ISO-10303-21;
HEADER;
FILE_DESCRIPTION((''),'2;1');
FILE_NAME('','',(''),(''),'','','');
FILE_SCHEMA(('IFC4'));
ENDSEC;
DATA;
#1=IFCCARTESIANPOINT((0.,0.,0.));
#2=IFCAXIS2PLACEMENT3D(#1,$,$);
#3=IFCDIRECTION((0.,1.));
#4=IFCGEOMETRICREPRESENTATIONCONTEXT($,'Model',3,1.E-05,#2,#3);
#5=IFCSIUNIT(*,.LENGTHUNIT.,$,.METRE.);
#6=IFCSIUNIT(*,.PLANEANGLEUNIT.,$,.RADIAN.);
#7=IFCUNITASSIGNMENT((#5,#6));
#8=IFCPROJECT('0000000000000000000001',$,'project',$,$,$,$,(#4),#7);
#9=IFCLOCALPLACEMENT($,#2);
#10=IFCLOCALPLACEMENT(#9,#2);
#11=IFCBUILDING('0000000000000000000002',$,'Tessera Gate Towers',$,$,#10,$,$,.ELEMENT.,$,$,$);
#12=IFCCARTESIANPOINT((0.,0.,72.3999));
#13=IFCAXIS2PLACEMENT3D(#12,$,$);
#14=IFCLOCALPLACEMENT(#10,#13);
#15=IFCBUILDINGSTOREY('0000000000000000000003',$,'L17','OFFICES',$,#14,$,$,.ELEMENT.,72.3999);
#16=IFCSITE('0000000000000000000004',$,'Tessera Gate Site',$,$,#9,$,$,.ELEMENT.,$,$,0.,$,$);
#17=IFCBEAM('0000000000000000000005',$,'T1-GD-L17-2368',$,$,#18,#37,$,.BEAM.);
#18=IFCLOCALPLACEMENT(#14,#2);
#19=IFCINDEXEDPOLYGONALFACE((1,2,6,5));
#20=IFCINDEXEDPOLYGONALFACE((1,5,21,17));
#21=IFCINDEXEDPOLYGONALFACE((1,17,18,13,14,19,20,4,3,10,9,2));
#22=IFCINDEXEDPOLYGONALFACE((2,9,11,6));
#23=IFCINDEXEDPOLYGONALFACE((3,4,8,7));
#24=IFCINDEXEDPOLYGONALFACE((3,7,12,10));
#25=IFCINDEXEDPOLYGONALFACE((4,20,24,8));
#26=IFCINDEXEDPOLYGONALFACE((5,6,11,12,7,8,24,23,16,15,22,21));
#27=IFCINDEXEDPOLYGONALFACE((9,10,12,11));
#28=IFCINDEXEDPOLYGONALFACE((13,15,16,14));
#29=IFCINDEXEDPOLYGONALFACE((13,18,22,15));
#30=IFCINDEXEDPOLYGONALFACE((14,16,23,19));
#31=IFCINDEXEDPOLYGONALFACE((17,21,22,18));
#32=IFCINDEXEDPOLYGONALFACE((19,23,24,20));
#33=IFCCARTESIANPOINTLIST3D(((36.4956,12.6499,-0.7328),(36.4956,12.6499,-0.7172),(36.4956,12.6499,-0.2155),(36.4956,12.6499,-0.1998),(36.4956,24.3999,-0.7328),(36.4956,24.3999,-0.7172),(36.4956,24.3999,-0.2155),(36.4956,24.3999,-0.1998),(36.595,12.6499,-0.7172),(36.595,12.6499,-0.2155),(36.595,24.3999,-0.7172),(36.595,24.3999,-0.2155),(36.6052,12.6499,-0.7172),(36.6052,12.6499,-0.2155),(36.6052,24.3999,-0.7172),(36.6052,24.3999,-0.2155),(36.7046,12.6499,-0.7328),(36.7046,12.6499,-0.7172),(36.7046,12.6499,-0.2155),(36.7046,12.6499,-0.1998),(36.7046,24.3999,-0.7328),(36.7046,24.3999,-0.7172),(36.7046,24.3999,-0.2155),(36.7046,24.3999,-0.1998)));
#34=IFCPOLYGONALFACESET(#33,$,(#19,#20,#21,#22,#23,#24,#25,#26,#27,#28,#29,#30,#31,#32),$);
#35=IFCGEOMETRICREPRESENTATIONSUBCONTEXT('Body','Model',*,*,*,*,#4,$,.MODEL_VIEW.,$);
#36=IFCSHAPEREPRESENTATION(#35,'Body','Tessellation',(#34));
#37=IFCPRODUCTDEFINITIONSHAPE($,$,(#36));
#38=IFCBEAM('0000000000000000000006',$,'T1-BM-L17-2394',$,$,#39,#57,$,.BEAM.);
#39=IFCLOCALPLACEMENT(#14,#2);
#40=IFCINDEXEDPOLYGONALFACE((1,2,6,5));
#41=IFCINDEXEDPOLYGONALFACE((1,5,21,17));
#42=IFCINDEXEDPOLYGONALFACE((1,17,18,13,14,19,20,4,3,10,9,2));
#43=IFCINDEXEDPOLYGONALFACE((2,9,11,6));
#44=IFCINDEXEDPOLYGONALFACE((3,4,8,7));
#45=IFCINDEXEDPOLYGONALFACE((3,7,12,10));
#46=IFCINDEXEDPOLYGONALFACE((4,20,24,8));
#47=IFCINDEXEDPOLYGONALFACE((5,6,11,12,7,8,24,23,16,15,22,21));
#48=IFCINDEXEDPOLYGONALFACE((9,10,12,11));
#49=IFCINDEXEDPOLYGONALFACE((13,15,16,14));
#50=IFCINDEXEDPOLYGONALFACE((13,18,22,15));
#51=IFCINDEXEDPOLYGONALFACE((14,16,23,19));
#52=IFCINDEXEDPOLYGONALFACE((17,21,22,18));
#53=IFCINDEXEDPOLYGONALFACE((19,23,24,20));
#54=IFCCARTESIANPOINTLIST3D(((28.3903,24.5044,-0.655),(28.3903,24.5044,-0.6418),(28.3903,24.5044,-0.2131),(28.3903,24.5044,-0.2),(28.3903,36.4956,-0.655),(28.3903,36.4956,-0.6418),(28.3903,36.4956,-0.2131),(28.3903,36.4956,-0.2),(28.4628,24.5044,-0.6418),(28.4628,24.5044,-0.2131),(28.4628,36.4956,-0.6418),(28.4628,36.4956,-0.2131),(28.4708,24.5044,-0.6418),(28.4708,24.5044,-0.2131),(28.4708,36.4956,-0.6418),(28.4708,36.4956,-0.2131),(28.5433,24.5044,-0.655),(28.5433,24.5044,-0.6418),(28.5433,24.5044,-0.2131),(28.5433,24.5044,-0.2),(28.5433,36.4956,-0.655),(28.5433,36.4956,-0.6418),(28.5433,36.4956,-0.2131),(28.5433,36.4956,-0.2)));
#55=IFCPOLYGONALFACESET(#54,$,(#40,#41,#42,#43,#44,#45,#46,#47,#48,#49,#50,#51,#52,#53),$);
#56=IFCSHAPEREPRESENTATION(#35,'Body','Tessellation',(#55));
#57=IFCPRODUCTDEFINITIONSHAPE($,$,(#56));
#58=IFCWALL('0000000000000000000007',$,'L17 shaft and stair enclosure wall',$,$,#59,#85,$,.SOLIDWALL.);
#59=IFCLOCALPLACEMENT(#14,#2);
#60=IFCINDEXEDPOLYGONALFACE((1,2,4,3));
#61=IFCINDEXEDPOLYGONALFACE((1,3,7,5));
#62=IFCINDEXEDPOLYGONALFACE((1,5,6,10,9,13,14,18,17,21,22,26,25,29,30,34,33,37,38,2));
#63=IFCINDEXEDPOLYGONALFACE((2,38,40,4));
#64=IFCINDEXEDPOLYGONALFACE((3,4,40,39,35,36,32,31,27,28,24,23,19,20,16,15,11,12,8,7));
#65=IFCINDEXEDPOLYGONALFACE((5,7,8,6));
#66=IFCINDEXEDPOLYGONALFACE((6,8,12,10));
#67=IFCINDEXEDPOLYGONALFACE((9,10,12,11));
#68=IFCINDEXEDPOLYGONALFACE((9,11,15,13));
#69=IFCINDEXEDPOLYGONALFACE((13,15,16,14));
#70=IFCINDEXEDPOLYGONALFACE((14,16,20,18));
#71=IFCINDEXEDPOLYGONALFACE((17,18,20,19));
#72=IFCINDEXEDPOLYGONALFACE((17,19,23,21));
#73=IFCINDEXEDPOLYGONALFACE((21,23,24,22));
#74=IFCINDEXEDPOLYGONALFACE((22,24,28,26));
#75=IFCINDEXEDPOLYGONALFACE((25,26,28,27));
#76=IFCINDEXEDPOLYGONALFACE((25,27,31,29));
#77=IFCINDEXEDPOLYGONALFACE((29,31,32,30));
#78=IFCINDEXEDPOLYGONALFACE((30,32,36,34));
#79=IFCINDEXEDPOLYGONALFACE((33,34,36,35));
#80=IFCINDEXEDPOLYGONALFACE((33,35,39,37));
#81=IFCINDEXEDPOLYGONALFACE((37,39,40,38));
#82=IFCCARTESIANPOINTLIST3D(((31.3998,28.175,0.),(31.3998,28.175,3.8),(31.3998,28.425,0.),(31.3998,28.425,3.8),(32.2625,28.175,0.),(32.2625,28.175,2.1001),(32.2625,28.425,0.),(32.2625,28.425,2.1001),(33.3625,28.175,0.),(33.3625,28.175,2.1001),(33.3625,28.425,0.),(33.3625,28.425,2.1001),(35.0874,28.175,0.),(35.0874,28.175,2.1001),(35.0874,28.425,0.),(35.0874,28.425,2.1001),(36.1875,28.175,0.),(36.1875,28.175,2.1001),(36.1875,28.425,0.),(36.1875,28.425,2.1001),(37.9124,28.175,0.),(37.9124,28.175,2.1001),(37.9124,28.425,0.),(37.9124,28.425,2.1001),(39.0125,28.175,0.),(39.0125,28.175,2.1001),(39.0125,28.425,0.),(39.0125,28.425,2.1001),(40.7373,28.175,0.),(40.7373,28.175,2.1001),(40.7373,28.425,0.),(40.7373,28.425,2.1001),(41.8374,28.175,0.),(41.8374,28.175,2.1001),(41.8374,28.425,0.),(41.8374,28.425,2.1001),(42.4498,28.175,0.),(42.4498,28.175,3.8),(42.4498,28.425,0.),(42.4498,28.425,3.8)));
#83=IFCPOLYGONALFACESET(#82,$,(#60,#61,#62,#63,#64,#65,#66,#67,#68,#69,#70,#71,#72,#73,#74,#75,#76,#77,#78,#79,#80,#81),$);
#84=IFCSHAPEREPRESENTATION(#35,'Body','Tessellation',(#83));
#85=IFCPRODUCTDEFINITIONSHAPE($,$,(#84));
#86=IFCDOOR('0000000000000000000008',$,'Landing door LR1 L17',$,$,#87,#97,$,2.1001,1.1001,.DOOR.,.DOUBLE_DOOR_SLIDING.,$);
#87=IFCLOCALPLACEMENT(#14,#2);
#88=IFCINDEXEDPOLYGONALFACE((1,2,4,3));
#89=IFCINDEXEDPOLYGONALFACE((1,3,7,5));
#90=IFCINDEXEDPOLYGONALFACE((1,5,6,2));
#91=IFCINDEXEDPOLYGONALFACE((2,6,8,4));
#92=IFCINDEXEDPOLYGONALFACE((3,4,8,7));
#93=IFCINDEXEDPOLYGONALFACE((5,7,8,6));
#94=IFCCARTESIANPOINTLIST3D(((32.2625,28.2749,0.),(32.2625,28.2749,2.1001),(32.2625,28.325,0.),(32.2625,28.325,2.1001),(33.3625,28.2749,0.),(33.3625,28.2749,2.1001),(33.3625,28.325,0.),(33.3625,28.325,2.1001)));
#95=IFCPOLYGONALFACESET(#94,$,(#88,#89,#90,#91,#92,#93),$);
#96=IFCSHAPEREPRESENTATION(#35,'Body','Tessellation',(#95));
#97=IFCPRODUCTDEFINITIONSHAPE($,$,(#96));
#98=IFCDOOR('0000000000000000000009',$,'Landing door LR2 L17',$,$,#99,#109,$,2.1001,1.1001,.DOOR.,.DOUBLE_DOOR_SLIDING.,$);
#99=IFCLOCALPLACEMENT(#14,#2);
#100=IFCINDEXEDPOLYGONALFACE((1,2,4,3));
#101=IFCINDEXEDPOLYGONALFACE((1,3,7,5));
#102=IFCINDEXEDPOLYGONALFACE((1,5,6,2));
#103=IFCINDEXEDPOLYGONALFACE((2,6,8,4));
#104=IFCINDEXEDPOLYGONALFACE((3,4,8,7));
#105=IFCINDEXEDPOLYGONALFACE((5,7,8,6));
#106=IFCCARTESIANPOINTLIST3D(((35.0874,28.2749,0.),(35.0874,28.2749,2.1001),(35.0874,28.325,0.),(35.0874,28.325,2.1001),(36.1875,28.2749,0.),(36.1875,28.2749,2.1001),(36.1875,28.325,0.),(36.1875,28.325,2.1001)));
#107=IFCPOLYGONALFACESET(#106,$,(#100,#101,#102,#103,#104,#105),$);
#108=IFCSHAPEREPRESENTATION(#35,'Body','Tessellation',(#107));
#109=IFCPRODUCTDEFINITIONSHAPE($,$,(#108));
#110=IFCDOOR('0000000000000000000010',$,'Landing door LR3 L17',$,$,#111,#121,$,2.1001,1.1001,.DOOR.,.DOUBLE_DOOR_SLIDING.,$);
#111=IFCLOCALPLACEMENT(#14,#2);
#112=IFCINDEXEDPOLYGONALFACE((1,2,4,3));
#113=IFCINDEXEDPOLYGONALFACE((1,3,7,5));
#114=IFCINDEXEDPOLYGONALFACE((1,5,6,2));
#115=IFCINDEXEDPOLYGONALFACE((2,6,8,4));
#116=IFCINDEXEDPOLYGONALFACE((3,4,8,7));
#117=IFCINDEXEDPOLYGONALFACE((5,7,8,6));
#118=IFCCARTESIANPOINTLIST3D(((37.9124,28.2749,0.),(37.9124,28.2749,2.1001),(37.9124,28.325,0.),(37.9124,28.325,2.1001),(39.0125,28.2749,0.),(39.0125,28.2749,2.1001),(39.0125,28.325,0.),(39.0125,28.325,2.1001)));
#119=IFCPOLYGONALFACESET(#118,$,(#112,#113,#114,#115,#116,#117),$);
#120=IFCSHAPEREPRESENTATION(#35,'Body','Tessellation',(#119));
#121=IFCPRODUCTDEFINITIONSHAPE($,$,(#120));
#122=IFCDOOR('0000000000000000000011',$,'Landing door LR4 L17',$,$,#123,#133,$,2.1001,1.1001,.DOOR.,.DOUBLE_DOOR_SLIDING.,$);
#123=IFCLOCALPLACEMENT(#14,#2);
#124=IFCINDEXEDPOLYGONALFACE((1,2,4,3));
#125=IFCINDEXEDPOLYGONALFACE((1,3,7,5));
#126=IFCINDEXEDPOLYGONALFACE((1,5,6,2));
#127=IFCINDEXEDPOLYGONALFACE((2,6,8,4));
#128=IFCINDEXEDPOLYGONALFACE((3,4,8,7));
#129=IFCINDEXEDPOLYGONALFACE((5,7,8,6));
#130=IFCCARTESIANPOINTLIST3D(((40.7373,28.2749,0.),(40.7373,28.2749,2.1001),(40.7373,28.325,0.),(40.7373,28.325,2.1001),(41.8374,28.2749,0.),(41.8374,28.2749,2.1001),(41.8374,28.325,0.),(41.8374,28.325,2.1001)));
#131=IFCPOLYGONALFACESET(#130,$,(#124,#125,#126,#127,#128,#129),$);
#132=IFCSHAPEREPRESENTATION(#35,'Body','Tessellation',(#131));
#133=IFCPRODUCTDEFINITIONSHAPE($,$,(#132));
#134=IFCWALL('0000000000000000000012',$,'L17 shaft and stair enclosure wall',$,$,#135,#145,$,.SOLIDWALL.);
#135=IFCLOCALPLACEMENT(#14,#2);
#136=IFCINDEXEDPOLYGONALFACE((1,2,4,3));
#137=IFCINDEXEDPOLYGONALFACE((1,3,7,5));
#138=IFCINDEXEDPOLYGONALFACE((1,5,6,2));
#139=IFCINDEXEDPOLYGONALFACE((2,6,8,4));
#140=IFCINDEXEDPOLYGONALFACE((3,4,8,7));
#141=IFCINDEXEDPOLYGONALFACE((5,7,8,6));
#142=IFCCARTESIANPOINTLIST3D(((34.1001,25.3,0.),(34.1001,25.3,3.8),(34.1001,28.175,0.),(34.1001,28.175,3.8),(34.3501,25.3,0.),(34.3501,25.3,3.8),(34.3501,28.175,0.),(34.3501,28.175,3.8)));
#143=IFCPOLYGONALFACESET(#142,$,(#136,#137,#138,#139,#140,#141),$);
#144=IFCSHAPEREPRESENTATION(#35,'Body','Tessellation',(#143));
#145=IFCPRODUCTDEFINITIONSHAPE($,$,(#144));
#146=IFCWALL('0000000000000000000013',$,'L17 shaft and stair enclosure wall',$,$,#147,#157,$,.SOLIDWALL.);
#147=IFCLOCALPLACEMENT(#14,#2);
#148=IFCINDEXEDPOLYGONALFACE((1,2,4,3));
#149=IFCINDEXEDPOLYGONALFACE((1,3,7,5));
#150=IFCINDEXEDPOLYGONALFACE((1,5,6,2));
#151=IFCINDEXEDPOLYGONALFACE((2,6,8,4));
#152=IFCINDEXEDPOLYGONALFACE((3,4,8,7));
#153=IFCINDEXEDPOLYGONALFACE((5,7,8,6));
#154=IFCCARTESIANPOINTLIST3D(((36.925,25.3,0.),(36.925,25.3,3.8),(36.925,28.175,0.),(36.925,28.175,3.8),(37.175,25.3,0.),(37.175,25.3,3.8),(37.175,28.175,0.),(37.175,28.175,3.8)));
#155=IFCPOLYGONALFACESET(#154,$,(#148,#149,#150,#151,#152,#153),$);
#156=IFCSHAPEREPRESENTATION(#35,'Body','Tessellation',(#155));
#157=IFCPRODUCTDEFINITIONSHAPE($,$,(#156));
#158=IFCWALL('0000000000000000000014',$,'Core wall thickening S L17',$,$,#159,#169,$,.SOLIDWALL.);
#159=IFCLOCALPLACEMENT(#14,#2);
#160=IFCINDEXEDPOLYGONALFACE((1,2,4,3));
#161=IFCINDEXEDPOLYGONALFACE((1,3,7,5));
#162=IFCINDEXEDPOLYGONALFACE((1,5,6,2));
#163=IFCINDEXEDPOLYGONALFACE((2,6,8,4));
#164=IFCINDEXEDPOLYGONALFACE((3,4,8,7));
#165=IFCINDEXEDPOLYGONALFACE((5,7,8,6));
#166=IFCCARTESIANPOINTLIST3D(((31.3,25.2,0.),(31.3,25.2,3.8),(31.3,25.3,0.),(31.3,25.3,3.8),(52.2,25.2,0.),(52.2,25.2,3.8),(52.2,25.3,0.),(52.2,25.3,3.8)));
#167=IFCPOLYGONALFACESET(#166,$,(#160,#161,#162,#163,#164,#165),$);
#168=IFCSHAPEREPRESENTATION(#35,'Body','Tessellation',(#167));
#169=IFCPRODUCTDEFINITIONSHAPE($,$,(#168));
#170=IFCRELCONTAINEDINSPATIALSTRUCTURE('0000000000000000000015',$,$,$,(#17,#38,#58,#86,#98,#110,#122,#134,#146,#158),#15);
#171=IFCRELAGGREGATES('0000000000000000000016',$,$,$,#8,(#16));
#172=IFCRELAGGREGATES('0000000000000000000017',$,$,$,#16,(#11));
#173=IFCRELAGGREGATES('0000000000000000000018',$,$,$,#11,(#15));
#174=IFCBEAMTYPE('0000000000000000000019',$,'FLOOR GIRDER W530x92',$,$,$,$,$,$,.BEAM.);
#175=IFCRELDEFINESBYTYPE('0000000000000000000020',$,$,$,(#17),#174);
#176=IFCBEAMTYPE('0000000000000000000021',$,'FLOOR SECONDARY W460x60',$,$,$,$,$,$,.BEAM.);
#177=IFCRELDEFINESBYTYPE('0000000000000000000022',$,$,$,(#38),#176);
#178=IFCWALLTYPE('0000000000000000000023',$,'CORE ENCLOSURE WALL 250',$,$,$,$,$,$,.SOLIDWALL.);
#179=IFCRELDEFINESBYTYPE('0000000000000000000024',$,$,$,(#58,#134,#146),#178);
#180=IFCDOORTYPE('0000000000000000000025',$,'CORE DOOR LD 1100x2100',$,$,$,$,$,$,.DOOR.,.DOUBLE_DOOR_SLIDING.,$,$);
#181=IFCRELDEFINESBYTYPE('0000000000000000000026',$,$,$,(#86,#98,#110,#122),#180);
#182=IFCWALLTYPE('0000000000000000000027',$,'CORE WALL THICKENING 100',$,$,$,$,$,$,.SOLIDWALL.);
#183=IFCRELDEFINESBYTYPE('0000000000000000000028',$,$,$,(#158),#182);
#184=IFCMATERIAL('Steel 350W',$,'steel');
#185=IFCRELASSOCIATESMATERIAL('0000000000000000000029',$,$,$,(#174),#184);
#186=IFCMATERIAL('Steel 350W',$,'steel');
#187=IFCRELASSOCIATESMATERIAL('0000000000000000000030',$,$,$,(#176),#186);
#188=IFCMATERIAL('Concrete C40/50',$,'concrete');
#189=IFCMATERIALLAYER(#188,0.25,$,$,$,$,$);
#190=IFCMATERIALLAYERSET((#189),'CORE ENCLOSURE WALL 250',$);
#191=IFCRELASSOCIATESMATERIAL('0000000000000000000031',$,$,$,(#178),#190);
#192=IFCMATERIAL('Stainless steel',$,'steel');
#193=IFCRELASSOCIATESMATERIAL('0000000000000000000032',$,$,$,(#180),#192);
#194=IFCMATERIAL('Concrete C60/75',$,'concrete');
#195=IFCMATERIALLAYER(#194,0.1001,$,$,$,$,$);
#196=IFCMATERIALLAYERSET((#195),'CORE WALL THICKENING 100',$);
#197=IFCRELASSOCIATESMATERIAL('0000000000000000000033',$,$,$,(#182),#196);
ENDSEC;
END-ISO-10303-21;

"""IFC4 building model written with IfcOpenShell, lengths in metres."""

from ifc_helpers import new_model, si_unit, direction, frame, frame_2d, origin, origin_2d, place, context, subcontext, project, spatial, rectangle, i_section, extrude, source, transform, mapped, material, layer, layer_set, material_profile, profile_set, type_object, element, fill, save


model = new_model("IFC4")

# Units and contexts
model_context = context("Model", 3, precision=1e-05, world=origin(), true_north=direction((0.0, 1.0)))
body_context = subcontext(model_context, "Body", "Model", "MODEL_VIEW")
ifc_project = project(units=[si_unit("LENGTHUNIT", "METRE"), si_unit("PLANEANGLEUNIT", "RADIAN")], contexts=[model_context])

# Site, building, storey
site_placement = place(None, origin())
site = spatial("IfcSite", under=ifc_project, at=site_placement, Name="Tessera Gate Site", CompositionType="ELEMENT", RefElevation=0.0)
building_placement = place(site_placement, origin())
building = spatial("IfcBuilding", under=site, at=building_placement, Name="Tessera Gate Towers", CompositionType="ELEMENT")
storey_placement = place(building_placement, frame((0.0, 0.0, 72.3999)))
storey = spatial("IfcBuildingStorey", under=building, at=storey_placement, Name="L17", Description="OFFICES", CompositionType="ELEMENT", Elevation=72.3999)

# Beams
ifc_material_1 = material(Name="Steel 350W", Category="steel")
ifc_material_profile_1 = material_profile(ifc_material_1, i_section(OverallWidth=0.209, OverallDepth=0.533, WebThickness=0.0103, FlangeThickness=0.0156, at=origin_2d()), Name="W530x92")
ifc_profile_set_1 = profile_set([ifc_material_profile_1], Name="Steel 350W")
beam_type_1 = type_object("IfcBeamType", Name="FLOOR GIRDER W530x92", PredefinedType="BEAM", material=ifc_profile_set_1)
beam_1_placement = place(storey_placement, frame((36.6001, 12.6499, -0.4663), z_axis=(0.0, 1.0, 0.0), x_axis=(-1.0, 0.0, 0.0)))
element("IfcBeam", 1, at=beam_1_placement, inside=storey, type_object=beam_type_1, Name="T1-GD-L17-2368", PredefinedType="BEAM", context=body_context, shape_type="SweptSolid", body=[
    extrude(i_section(OverallWidth=0.209, OverallDepth=0.533, WebThickness=0.0103, FlangeThickness=0.0156, at=origin_2d()), origin(), (0.0, 0.0, 1.0), 11.75),
])
ifc_material_2 = material(Name="Steel 350W", Category="steel")
ifc_material_profile_2 = material_profile(ifc_material_2, i_section(OverallWidth=0.1531, OverallDepth=0.4551, WebThickness=0.0081, FlangeThickness=0.0132, at=origin_2d()), Name="W460x60")
ifc_profile_set_2 = profile_set([ifc_material_profile_2], Name="Steel 350W")
beam_type_2 = type_object("IfcBeamType", Name="FLOOR SECONDARY W460x60", PredefinedType="BEAM", material=ifc_profile_set_2)
beam_2_placement = place(storey_placement, frame((28.4668, 24.5044, -0.4275), z_axis=(0.0, 1.0, 0.0), x_axis=(-1.0, 0.0, 0.0)))
element("IfcBeam", 2, at=beam_2_placement, inside=storey, type_object=beam_type_2, Name="T1-BM-L17-2394", PredefinedType="BEAM", context=body_context, shape_type="SweptSolid", body=[
    extrude(i_section(OverallWidth=0.1531, OverallDepth=0.4551, WebThickness=0.0081, FlangeThickness=0.0132, at=origin_2d()), origin(), (0.0, 0.0, 1.0), 11.9912),
])

# Wall, openings, doors
ifc_material_3 = material(Name="Concrete C40/50", Category="concrete")
ifc_layer_1 = layer(ifc_material_3, 0.25)
ifc_layer_set_1 = layer_set([ifc_layer_1], Name="CORE ENCLOSURE WALL 250")
wall_type_1 = type_object("IfcWallType", Name="CORE ENCLOSURE WALL 250", PredefinedType="SOLIDWALL", material=ifc_layer_set_1)
wall_1_placement = place(storey_placement, frame((31.3999, 28.3, 0.0), z_axis=(0.0, 0.0, 1.0), x_axis=(1.0, 0.0, 0.0)))
wall_1 = element("IfcWall", 3, at=wall_1_placement, inside=storey, type_object=wall_type_1, Name="L17 shaft and stair enclosure wall", PredefinedType="SOLIDWALL", context=body_context, shape_type="SweptSolid", body=[
    extrude(rectangle(XDim=11.05, YDim=0.25, at=frame_2d((5.5249, 0.0))), origin(), (0.0, 0.0, 1.0), 3.8),
])
shared_shape_1 = source(origin(), body_context, "Body", "SweptSolid", [
    extrude(rectangle(XDim=1.1001, YDim=2.1001, at=frame_2d((0.55, 1.05))), frame((0.0, 0.135, 0.0), z_axis=(0.0, -1.0, 0.0), x_axis=(1.0, 0.0, 0.0)), (0.0, 0.0, 1.0), 0.27),
])
opening_1_placement = place(wall_1_placement, frame((0.8625, 0.0, 0.0)))
opening_1 = element("IfcOpeningElement", 4, at=opening_1_placement, cuts=wall_1, PredefinedType="OPENING", context=body_context, shape_type="MappedRepresentation", body=[
    mapped(shared_shape_1, transform((0.0, 0.0, 0.0), scale=1.0)),
])
opening_2_placement = place(wall_1_placement, frame((3.6875, 0.0, 0.0)))
opening_2 = element("IfcOpeningElement", 5, at=opening_2_placement, cuts=wall_1, PredefinedType="OPENING", context=body_context, shape_type="MappedRepresentation", body=[
    mapped(shared_shape_1, transform((0.0, 0.0, 0.0), scale=1.0)),
])
opening_3_placement = place(wall_1_placement, frame((6.5125, 0.0, 0.0)))
opening_3 = element("IfcOpeningElement", 6, at=opening_3_placement, cuts=wall_1, PredefinedType="OPENING", context=body_context, shape_type="MappedRepresentation", body=[
    mapped(shared_shape_1, transform((0.0, 0.0, 0.0), scale=1.0)),
])
opening_4_placement = place(wall_1_placement, frame((9.3374, 0.0, 0.0)))
opening_4 = element("IfcOpeningElement", 7, at=opening_4_placement, cuts=wall_1, PredefinedType="OPENING", context=body_context, shape_type="MappedRepresentation", body=[
    mapped(shared_shape_1, transform((0.0, 0.0, 0.0), scale=1.0)),
])
ifc_material_4 = material(Name="Stainless steel", Category="steel")
door_type_1 = type_object("IfcDoorType", Name="CORE DOOR LD 1100x2100", OperationType="DOUBLE_DOOR_SLIDING", PredefinedType="DOOR", material=ifc_material_4)
shared_shape_2 = source(origin(), body_context, "Body", "SweptSolid", [
    extrude(rectangle(XDim=1.1001, YDim=2.1001, at=frame_2d((0.55, 1.05))), frame((0.0, 0.0249, 0.0), z_axis=(0.0, -1.0, 0.0), x_axis=(1.0, 0.0, 0.0)), (0.0, 0.0, 1.0), 0.05),
])
door_1_placement = place(opening_1_placement, origin())
door_1 = element("IfcDoor", 8, at=door_1_placement, inside=storey, type_object=door_type_1, Name="Landing door LR1 L17", OperationType="DOUBLE_DOOR_SLIDING", OverallHeight=2.1001, OverallWidth=1.1001, PredefinedType="DOOR", context=body_context, shape_type="MappedRepresentation", body=[
    mapped(shared_shape_2, transform((0.0, 0.0, 0.0), scale=1.0)),
])
fill(opening_1, door_1)
door_2_placement = place(opening_2_placement, origin())
door_2 = element("IfcDoor", 9, at=door_2_placement, inside=storey, type_object=door_type_1, Name="Landing door LR2 L17", OperationType="DOUBLE_DOOR_SLIDING", OverallHeight=2.1001, OverallWidth=1.1001, PredefinedType="DOOR", context=body_context, shape_type="MappedRepresentation", body=[
    mapped(shared_shape_2, transform((0.0, 0.0, 0.0), scale=1.0)),
])
fill(opening_2, door_2)
door_3_placement = place(opening_3_placement, origin())
door_3 = element("IfcDoor", 10, at=door_3_placement, inside=storey, type_object=door_type_1, Name="Landing door LR3 L17", OperationType="DOUBLE_DOOR_SLIDING", OverallHeight=2.1001, OverallWidth=1.1001, PredefinedType="DOOR", context=body_context, shape_type="MappedRepresentation", body=[
    mapped(shared_shape_2, transform((0.0, 0.0, 0.0), scale=1.0)),
])
fill(opening_3, door_3)
door_4_placement = place(opening_4_placement, origin())
door_4 = element("IfcDoor", 11, at=door_4_placement, inside=storey, type_object=door_type_1, Name="Landing door LR4 L17", OperationType="DOUBLE_DOOR_SLIDING", OverallHeight=2.1001, OverallWidth=1.1001, PredefinedType="DOOR", context=body_context, shape_type="MappedRepresentation", body=[
    mapped(shared_shape_2, transform((0.0, 0.0, 0.0), scale=1.0)),
])
fill(opening_4, door_4)

# Walls
for number, where, z_axis, x_axis, name in (
    (12, (34.2251, 25.3, 0.0), (0.0, 0.0, 1.0), (0.0, 1.0, 0.0), "L17 shaft and stair enclosure wall"),
    (13, (37.05, 25.3, 0.0), (0.0, 0.0, 1.0), (0.0, 1.0, 0.0), "L17 shaft and stair enclosure wall"),
):
    element("IfcWall", number, at=place(storey_placement, frame(where, z_axis=z_axis, x_axis=x_axis)), inside=storey, type_object=wall_type_1, Name=name, PredefinedType="SOLIDWALL", context=body_context, shape_type="SweptSolid", body=[
        extrude(rectangle(XDim=2.875, YDim=0.25, at=frame_2d((1.4375, 0.0))), origin(), (0.0, 0.0, 1.0), 3.8),
    ])

# Wall
ifc_material_5 = material(Name="Concrete C60/75", Category="concrete")
ifc_layer_2 = layer(ifc_material_5, 0.1001)
ifc_layer_set_2 = layer_set([ifc_layer_2], Name="CORE WALL THICKENING 100")
wall_type_2 = type_object("IfcWallType", Name="CORE WALL THICKENING 100", PredefinedType="SOLIDWALL", material=ifc_layer_set_2)
wall_2_placement = place(storey_placement, frame((31.3, 25.25, 0.0), z_axis=(0.0, 0.0, 1.0), x_axis=(1.0, 0.0, 0.0)))
element("IfcWall", 14, at=wall_2_placement, inside=storey, type_object=wall_type_2, Name="Core wall thickening S L17", PredefinedType="SOLIDWALL", context=body_context, shape_type="SweptSolid", body=[
    extrude(rectangle(XDim=20.8999, YDim=0.1001, at=frame_2d((10.45, 0.0))), origin(), (0.0, 0.0, 1.0), 3.8),
])

save(model, "model.ifc")
